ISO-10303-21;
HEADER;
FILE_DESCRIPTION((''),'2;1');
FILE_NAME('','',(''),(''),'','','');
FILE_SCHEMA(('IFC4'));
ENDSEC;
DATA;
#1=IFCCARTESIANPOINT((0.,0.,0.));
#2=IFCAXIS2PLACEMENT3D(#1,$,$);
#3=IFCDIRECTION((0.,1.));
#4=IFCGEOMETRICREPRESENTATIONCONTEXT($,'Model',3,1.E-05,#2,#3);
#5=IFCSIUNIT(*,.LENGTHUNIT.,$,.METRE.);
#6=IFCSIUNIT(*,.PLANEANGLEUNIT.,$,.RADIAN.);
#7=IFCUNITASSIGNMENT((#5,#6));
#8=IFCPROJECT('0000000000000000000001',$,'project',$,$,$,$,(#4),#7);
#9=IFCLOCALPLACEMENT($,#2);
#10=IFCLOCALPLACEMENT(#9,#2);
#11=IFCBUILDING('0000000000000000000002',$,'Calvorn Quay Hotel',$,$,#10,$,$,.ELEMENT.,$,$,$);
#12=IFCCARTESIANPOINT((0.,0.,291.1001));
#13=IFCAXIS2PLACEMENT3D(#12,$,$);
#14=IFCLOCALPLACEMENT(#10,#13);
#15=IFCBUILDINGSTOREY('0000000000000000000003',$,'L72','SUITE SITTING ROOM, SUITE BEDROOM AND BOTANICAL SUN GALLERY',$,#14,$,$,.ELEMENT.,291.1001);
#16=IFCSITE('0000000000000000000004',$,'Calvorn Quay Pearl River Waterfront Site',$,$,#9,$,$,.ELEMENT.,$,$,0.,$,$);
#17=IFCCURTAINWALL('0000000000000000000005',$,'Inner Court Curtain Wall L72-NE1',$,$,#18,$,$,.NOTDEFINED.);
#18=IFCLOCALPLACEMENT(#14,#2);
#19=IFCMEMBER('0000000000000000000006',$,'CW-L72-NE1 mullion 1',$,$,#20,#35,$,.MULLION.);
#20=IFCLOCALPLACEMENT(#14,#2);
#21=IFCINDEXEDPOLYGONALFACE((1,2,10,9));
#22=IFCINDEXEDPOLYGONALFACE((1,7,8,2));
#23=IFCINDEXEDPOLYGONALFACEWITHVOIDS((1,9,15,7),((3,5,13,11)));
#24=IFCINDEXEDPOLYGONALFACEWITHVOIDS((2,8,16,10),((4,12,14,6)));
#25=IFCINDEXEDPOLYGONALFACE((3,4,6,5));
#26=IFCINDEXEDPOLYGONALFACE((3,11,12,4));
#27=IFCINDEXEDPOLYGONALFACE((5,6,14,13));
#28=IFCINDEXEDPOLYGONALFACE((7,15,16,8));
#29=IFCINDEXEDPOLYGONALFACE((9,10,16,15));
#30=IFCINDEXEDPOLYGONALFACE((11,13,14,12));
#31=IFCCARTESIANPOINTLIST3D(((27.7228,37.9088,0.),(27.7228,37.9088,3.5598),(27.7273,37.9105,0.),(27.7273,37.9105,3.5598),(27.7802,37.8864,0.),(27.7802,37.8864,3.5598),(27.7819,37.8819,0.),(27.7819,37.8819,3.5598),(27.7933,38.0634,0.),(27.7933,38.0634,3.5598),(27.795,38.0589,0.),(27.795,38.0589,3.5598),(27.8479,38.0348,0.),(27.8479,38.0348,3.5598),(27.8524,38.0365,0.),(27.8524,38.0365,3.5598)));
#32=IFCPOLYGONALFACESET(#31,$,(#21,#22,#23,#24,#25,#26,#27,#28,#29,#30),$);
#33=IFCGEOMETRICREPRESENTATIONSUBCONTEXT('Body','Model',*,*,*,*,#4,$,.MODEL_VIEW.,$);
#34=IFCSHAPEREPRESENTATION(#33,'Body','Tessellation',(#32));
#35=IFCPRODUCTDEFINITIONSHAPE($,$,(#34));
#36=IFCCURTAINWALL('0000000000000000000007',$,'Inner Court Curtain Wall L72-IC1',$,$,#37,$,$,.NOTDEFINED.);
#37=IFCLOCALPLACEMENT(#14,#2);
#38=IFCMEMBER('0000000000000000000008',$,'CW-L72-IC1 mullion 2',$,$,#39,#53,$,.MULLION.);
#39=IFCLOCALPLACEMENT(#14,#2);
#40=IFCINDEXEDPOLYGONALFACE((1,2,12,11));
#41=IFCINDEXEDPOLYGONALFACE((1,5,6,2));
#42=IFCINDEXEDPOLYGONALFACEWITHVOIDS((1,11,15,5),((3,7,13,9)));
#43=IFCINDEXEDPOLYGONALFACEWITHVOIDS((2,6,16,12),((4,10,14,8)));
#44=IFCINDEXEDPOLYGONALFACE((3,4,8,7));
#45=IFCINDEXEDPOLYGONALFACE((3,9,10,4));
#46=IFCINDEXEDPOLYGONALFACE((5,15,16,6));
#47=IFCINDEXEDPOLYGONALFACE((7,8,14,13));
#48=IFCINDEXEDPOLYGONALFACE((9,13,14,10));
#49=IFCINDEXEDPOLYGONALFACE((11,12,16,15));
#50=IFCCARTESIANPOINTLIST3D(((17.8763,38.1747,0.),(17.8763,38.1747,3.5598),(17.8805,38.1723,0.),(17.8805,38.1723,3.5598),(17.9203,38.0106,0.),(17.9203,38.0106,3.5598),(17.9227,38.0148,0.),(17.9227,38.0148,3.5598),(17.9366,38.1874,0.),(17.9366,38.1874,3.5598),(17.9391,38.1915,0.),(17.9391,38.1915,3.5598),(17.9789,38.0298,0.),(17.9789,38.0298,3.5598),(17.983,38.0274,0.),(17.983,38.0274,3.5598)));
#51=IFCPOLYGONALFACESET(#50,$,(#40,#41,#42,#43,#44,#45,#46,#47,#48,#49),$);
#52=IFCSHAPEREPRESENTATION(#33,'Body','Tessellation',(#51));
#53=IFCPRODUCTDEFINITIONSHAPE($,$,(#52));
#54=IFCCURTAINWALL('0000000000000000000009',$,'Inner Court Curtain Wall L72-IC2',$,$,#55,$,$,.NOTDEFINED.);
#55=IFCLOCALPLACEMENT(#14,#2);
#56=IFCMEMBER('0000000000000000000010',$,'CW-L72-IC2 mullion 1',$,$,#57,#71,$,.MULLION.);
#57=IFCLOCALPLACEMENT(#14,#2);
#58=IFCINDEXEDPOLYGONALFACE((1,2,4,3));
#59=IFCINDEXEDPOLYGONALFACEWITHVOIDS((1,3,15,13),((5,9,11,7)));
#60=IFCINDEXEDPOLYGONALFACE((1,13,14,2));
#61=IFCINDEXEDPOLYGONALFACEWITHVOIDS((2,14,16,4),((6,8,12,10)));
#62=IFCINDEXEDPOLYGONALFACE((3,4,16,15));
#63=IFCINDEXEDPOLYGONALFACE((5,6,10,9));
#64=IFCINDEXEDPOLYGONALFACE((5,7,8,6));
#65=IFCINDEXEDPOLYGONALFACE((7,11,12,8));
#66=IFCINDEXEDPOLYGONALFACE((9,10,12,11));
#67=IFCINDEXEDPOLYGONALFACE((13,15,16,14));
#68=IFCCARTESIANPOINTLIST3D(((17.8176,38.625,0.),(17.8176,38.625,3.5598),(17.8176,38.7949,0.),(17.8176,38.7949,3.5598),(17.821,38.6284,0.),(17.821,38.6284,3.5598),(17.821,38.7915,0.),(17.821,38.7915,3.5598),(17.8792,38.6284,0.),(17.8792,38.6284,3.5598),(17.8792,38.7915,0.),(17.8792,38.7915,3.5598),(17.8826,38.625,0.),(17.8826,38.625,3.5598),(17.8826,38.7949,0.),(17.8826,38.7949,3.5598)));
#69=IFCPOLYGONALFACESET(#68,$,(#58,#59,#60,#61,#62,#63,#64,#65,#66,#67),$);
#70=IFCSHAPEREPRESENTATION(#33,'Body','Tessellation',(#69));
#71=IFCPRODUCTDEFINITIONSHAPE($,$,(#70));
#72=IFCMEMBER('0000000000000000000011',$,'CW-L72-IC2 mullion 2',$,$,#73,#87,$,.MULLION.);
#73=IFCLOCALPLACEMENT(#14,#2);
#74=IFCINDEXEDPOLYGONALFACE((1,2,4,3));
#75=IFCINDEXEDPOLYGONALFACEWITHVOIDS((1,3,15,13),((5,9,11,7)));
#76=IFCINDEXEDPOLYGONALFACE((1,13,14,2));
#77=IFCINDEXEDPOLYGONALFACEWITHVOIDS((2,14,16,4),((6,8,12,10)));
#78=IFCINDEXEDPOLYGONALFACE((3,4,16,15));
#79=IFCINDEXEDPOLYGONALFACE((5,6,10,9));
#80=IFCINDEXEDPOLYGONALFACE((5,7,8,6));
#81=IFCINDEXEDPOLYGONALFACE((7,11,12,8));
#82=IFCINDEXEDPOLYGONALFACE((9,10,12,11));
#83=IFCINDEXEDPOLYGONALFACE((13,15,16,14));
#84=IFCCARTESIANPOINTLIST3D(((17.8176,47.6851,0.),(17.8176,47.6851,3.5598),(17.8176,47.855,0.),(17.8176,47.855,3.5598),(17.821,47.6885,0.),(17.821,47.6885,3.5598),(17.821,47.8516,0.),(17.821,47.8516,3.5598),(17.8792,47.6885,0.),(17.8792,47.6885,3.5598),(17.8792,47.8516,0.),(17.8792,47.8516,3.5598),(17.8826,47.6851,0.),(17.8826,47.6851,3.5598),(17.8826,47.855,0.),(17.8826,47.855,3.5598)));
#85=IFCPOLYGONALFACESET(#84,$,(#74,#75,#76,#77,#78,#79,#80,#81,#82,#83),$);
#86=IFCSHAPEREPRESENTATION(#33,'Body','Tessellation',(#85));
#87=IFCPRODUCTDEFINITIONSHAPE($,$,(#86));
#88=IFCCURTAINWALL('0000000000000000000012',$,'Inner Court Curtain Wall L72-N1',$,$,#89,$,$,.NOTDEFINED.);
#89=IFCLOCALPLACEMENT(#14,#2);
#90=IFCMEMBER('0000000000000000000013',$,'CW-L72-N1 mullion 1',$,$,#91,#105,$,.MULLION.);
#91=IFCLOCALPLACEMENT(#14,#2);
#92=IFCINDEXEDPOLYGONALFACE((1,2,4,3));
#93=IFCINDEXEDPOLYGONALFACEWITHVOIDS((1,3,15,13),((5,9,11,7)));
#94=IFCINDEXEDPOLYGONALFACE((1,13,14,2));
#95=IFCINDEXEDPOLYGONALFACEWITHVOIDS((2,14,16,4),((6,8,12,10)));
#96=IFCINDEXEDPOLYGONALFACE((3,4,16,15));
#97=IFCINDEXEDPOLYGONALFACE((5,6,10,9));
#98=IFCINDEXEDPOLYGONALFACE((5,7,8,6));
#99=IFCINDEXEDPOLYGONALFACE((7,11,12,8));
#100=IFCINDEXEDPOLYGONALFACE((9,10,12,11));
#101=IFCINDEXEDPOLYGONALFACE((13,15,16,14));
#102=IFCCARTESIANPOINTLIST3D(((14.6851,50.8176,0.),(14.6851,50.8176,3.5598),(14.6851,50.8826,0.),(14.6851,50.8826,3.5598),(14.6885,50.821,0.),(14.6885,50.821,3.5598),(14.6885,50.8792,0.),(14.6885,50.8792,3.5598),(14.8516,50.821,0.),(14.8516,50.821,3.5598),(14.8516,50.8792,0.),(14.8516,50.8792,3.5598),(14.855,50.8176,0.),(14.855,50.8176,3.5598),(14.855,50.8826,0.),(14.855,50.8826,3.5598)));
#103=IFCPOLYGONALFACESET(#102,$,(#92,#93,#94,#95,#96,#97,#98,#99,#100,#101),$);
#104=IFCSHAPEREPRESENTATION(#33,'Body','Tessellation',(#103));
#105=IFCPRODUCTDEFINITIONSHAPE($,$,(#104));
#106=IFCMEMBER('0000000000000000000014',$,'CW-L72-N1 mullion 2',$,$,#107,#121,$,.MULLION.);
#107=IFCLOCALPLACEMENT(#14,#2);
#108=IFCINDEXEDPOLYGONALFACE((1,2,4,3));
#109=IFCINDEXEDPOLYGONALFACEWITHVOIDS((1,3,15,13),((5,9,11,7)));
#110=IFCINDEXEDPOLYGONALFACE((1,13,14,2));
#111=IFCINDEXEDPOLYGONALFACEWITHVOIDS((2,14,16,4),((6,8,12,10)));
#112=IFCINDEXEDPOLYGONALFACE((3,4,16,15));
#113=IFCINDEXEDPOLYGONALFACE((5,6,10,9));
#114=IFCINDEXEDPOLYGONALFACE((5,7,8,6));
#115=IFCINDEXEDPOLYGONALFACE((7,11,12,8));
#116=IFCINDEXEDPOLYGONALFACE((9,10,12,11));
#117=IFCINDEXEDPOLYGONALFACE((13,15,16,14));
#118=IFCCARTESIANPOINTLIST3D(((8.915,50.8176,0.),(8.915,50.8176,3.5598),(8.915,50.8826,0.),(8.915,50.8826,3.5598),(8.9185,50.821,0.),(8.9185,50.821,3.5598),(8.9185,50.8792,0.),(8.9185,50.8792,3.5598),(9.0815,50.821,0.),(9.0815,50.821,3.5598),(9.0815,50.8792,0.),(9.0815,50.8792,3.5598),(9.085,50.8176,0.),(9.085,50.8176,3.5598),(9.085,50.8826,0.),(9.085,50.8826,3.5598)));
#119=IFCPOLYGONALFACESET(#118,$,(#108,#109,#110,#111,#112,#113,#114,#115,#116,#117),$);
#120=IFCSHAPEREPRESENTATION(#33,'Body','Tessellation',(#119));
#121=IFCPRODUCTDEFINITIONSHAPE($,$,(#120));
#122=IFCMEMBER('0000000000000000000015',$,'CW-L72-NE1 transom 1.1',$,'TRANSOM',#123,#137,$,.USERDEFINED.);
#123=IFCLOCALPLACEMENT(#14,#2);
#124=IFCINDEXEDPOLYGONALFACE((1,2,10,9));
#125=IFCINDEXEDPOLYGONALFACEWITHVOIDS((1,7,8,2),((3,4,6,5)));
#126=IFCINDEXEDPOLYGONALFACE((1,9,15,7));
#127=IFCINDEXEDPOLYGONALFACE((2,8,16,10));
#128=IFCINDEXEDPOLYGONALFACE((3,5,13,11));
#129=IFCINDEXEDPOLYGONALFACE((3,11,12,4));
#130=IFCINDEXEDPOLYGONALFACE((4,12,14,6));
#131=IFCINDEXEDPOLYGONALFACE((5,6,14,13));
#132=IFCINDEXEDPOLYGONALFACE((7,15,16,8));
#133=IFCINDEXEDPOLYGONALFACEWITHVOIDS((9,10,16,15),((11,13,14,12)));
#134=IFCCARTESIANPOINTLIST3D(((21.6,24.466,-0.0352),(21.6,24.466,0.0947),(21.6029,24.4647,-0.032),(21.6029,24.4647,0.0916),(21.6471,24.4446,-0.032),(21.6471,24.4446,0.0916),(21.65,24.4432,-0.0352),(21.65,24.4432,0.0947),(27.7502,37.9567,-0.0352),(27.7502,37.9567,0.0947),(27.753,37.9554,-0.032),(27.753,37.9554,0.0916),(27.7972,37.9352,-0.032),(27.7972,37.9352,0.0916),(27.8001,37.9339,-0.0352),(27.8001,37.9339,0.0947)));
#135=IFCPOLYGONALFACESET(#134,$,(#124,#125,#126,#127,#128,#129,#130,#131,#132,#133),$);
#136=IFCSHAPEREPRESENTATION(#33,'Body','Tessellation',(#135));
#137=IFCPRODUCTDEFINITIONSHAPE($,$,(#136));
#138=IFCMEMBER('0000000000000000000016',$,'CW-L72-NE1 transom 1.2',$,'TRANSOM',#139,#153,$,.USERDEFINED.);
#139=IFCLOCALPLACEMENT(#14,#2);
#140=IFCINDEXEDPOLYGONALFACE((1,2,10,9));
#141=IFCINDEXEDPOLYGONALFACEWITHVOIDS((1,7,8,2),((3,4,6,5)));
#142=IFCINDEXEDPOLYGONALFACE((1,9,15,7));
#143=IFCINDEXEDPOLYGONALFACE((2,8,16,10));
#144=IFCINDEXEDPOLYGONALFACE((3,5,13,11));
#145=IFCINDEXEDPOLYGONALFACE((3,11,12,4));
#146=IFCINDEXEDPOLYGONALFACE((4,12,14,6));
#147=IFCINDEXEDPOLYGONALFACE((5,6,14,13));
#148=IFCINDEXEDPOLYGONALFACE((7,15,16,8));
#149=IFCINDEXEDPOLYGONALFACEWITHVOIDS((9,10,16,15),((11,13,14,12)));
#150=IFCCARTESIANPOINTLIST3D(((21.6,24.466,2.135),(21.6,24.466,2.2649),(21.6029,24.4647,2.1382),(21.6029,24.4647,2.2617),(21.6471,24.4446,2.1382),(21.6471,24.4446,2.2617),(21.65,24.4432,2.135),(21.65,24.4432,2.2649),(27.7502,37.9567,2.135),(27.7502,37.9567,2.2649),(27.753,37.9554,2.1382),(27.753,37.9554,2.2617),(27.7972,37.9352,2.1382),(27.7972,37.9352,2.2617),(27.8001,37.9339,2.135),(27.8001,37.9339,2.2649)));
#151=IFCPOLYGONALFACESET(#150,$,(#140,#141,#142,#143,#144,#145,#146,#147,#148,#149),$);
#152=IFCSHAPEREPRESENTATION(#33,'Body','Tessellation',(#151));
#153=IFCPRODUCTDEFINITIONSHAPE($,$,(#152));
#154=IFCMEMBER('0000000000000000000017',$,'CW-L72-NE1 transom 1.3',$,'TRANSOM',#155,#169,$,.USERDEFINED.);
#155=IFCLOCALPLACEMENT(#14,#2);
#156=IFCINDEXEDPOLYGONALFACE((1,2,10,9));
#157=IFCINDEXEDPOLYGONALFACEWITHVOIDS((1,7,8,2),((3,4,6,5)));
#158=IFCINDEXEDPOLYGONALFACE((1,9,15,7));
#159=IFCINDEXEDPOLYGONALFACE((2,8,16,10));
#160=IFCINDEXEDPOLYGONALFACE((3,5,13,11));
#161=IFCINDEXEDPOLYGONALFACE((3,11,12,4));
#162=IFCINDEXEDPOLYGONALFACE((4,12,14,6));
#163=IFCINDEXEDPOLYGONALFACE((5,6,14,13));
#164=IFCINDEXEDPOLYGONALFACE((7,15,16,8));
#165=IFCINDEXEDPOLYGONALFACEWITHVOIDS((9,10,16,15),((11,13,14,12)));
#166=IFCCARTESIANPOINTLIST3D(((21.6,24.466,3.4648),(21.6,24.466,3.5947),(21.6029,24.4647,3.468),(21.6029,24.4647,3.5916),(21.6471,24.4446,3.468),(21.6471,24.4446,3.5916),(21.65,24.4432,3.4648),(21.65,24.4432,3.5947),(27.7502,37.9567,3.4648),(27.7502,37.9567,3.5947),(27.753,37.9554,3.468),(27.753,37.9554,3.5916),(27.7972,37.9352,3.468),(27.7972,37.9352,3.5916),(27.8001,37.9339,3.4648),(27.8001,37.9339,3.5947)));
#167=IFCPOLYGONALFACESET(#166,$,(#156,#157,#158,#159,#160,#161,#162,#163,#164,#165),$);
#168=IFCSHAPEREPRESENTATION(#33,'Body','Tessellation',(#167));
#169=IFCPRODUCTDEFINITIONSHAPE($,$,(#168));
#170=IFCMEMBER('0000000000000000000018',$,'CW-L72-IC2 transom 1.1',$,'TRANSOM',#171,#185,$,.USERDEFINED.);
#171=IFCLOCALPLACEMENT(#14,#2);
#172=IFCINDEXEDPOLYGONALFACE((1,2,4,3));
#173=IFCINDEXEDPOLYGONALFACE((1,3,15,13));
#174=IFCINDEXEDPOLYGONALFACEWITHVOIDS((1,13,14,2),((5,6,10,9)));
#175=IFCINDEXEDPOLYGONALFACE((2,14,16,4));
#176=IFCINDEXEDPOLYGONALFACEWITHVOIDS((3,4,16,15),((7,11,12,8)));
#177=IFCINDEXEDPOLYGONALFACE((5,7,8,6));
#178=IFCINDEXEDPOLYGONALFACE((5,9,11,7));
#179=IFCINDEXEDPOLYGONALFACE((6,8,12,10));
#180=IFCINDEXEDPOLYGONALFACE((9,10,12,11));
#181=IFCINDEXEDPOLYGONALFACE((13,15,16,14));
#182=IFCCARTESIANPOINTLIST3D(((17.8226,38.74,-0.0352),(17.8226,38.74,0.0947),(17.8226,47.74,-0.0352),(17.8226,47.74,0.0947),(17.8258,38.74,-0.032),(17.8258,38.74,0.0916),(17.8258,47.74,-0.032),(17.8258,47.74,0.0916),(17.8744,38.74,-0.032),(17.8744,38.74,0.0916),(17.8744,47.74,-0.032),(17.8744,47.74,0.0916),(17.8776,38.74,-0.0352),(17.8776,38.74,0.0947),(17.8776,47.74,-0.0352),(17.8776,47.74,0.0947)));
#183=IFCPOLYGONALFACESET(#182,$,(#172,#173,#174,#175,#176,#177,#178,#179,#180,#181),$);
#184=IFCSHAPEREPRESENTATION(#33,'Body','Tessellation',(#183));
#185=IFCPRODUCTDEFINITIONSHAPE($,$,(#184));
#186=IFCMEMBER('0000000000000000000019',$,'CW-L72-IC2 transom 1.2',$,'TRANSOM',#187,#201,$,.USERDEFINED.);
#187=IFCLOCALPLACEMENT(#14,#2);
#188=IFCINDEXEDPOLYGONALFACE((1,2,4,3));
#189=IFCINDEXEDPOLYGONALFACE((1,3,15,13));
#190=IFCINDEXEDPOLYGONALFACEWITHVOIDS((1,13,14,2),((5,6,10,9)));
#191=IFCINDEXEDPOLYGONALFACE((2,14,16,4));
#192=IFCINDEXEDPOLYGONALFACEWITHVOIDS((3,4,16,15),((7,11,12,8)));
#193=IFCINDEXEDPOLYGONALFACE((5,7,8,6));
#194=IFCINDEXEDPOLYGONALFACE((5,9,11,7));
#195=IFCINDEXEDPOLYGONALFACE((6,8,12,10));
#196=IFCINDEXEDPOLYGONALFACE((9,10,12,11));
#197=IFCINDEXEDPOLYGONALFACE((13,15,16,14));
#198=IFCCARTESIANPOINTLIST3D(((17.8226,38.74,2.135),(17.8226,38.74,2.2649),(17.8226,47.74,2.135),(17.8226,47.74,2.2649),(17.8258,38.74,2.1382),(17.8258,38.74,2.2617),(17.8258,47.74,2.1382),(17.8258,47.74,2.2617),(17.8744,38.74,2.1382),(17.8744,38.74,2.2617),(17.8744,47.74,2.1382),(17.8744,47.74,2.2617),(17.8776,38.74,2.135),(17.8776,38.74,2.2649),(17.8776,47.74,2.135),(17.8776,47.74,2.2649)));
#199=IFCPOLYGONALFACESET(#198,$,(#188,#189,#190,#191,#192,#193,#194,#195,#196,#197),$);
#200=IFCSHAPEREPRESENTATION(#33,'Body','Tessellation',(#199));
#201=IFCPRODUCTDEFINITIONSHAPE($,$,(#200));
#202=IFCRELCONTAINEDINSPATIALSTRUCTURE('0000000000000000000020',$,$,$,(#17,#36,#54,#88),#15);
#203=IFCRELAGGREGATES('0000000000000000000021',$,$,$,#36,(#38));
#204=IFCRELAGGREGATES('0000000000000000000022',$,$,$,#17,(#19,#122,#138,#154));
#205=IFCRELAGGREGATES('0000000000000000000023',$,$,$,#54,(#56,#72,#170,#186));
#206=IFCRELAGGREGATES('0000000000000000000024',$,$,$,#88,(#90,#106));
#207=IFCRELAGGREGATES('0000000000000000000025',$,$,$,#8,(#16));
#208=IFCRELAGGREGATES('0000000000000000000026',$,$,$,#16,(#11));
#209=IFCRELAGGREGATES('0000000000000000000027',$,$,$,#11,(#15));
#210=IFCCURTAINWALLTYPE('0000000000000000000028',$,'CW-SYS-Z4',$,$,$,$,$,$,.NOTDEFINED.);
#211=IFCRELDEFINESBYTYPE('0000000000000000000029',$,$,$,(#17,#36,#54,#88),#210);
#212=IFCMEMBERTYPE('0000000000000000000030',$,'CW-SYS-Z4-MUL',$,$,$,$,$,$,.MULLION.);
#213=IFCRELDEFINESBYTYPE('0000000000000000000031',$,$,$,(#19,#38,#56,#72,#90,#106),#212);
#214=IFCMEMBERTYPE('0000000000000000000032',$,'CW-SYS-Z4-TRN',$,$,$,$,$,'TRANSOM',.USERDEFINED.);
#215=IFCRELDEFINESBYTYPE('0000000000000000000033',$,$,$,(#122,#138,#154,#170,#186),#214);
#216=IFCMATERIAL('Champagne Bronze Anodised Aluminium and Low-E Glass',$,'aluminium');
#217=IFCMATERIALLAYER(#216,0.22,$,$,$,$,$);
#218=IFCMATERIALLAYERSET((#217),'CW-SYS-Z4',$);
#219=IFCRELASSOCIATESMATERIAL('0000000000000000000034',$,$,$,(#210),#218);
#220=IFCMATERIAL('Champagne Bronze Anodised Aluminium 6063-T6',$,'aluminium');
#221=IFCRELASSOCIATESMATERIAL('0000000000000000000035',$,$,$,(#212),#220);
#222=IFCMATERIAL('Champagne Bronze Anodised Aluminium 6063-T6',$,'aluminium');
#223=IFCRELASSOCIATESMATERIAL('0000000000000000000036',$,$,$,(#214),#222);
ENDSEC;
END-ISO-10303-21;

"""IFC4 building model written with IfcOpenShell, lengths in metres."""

from ifc_helpers import new_model, si_unit, direction, frame, origin, origin_2d, place, context, subcontext, project, spatial, hollow_rectangle, extrude, material, layer, layer_set, material_profile, profile_set, type_object, element, aggregate, save


model = new_model("IFC4")

# Units and contexts
model_context = context("Model", 3, precision=1e-05, world=origin(), true_north=direction((0.0, 1.0)))
body_context = subcontext(model_context, "Body", "Model", "MODEL_VIEW")
ifc_project = project(units=[si_unit("LENGTHUNIT", "METRE"), si_unit("PLANEANGLEUNIT", "RADIAN")], contexts=[model_context])

# Site, building, storey
site_placement = place(None, origin())
site = spatial("IfcSite", under=ifc_project, at=site_placement, Name="Calvorn Quay Pearl River Waterfront Site", CompositionType="ELEMENT", RefElevation=0.0)
building_placement = place(site_placement, origin())
building = spatial("IfcBuilding", under=site, at=building_placement, Name="Calvorn Quay Hotel", CompositionType="ELEMENT")
storey_placement = place(building_placement, frame((0.0, 0.0, 291.1001)))
storey = spatial("IfcBuildingStorey", under=building, at=storey_placement, Name="L72", Description="SUITE SITTING ROOM, SUITE BEDROOM AND BOTANICAL SUN GALLERY", CompositionType="ELEMENT", Elevation=291.1001)

# Curtain walls, members
ifc_material_1 = material(Name="Champagne Bronze Anodised Aluminium and Low-E Glass", Category="aluminium")
ifc_layer_1 = layer(ifc_material_1, 0.22)
ifc_layer_set_1 = layer_set([ifc_layer_1], Name="CW-SYS-Z4")
curtain_wall_type = type_object("IfcCurtainWallType", Name="CW-SYS-Z4", PredefinedType="NOTDEFINED", material=ifc_layer_set_1)
curtain_wall_1_placement = place(storey_placement, origin())
curtain_wall_1 = element("IfcCurtainWall", 1, at=curtain_wall_1_placement, inside=storey, type_object=curtain_wall_type, Name="Inner Court Curtain Wall L72-NE1", PredefinedType="NOTDEFINED")
ifc_material_2 = material(Name="Champagne Bronze Anodised Aluminium 6063-T6", Category="aluminium")
ifc_material_profile_1 = material_profile(ifc_material_2, hollow_rectangle(XDim=0.0649, YDim=0.1699, WallThickness=0.0034, at=origin_2d()), Name="ALU-M170x65x3.5")
ifc_profile_set_1 = profile_set([ifc_material_profile_1], Name="Champagne Bronze Anodised Aluminium 6063-T6")
member_type_1 = type_object("IfcMemberType", Name="CW-SYS-Z4-MUL", PredefinedType="MULLION", material=ifc_profile_set_1)
member_1_placement = place(storey_placement, frame((27.7876, 37.9727, 0.0), z_axis=(0.0, 0.0, 1.0), x_axis=(0.909908, -0.414811, 0.0)))
member_1 = element("IfcMember", 2, at=member_1_placement, type_object=member_type_1, Name="CW-L72-NE1 mullion 1", PredefinedType="MULLION", context=body_context, shape_type="SweptSolid", body=[
    extrude(hollow_rectangle(XDim=0.0649, YDim=0.1699, WallThickness=0.0034, at=origin_2d()), origin(), (0.0, 0.0, 1.0), 3.5598),
])
curtain_wall_2_placement = place(storey_placement, origin())
curtain_wall_2 = element("IfcCurtainWall", 3, at=curtain_wall_2_placement, inside=storey, type_object=curtain_wall_type, Name="Inner Court Curtain Wall L72-IC1", PredefinedType="NOTDEFINED")
member_2_placement = place(storey_placement, frame((17.9297, 38.1011, 0.0), z_axis=(0.0, 0.0, 1.0), x_axis=(-0.965937, -0.258779, 0.0)))
member_2 = element("IfcMember", 4, at=member_2_placement, type_object=member_type_1, Name="CW-L72-IC1 mullion 2", PredefinedType="MULLION", context=body_context, shape_type="SweptSolid", body=[
    extrude(hollow_rectangle(XDim=0.0649, YDim=0.1699, WallThickness=0.0034, at=origin_2d()), origin(), (0.0, 0.0, 1.0), 3.5598),
])
aggregate(curtain_wall_2, [member_2])

# Curtain walls, members
curtain_wall_3_placement = place(storey_placement, origin())
curtain_wall_3 = element("IfcCurtainWall", 5, at=curtain_wall_3_placement, inside=storey, type_object=curtain_wall_type, Name="Inner Court Curtain Wall L72-IC2", PredefinedType="NOTDEFINED")
member_3_placement = place(storey_placement, frame((17.8501, 38.71, 0.0), z_axis=(0.0, 0.0, 1.0), x_axis=(-1.0, 0.0, 0.0)))
member_3 = element("IfcMember", 6, at=member_3_placement, type_object=member_type_1, Name="CW-L72-IC2 mullion 1", PredefinedType="MULLION", context=body_context, shape_type="SweptSolid", body=[
    extrude(hollow_rectangle(XDim=0.0649, YDim=0.1699, WallThickness=0.0034, at=origin_2d()), origin(), (0.0, 0.0, 1.0), 3.5598),
])
member_4_placement = place(storey_placement, frame((17.8501, 47.77, 0.0), z_axis=(0.0, 0.0, 1.0), x_axis=(-1.0, 0.0, 0.0)))
member_4 = element("IfcMember", 7, at=member_4_placement, type_object=member_type_1, Name="CW-L72-IC2 mullion 2", PredefinedType="MULLION", context=body_context, shape_type="SweptSolid", body=[
    extrude(hollow_rectangle(XDim=0.0649, YDim=0.1699, WallThickness=0.0034, at=origin_2d()), origin(), (0.0, 0.0, 1.0), 3.5598),
])
curtain_wall_4_placement = place(storey_placement, origin())
curtain_wall_4 = element("IfcCurtainWall", 8, at=curtain_wall_4_placement, inside=storey, type_object=curtain_wall_type, Name="Inner Court Curtain Wall L72-N1", PredefinedType="NOTDEFINED")
member_5_placement = place(storey_placement, frame((14.77, 50.8501, 0.0), z_axis=(0.0, 0.0, 1.0), x_axis=(0.0, -1.0, 0.0)))
member_5 = element("IfcMember", 9, at=member_5_placement, type_object=member_type_1, Name="CW-L72-N1 mullion 1", PredefinedType="MULLION", context=body_context, shape_type="SweptSolid", body=[
    extrude(hollow_rectangle(XDim=0.0649, YDim=0.1699, WallThickness=0.0034, at=origin_2d()), origin(), (0.0, 0.0, 1.0), 3.5598),
])
member_6_placement = place(storey_placement, frame((9.0, 50.8501, 0.0), z_axis=(0.0, 0.0, 1.0), x_axis=(0.0, -1.0, 0.0)))
member_6 = element("IfcMember", 10, at=member_6_placement, type_object=member_type_1, Name="CW-L72-N1 mullion 2", PredefinedType="MULLION", context=body_context, shape_type="SweptSolid", body=[
    extrude(hollow_rectangle(XDim=0.0649, YDim=0.1699, WallThickness=0.0034, at=origin_2d()), origin(), (0.0, 0.0, 1.0), 3.5598),
])

# Members
ifc_material_3 = material(Name="Champagne Bronze Anodised Aluminium 6063-T6", Category="aluminium")
ifc_material_profile_2 = material_profile(ifc_material_3, hollow_rectangle(XDim=0.0549, YDim=0.1299, WallThickness=0.0032, at=origin_2d()), Name="ALU-T130x55x3.2")
ifc_profile_set_2 = profile_set([ifc_material_profile_2], Name="Champagne Bronze Anodised Aluminium 6063-T6")
member_type_2 = type_object("IfcMemberType", Name="CW-SYS-Z4-TRN", ElementType="TRANSOM", PredefinedType="USERDEFINED", material=ifc_profile_set_2)
member_7_placement = place(storey_placement, frame((27.7751, 37.9453, 0.0298), z_axis=(-0.414809, -0.909909, 0.0), x_axis=(0.909909, -0.414809, 0.0)))
member_7 = element("IfcMember", 11, at=member_7_placement, type_object=member_type_2, Name="CW-L72-NE1 transom 1.1", ObjectType="TRANSOM", PredefinedType="USERDEFINED", context=body_context, shape_type="SweptSolid", body=[
    extrude(hollow_rectangle(XDim=0.0549, YDim=0.1299, WallThickness=0.0032, at=origin_2d()), origin(), (0.0, 0.0, 1.0), 14.8264),
])
member_8_placement = place(storey_placement, frame((27.7751, 37.9453, 2.2), z_axis=(-0.414809, -0.909909, 0.0), x_axis=(0.909909, -0.414809, 0.0)))
member_8 = element("IfcMember", 12, at=member_8_placement, type_object=member_type_2, Name="CW-L72-NE1 transom 1.2", ObjectType="TRANSOM", PredefinedType="USERDEFINED", context=body_context, shape_type="SweptSolid", body=[
    extrude(hollow_rectangle(XDim=0.0549, YDim=0.1299, WallThickness=0.0032, at=origin_2d()), origin(), (0.0, 0.0, 1.0), 14.8264),
])
member_9_placement = place(storey_placement, frame((27.7751, 37.9453, 3.5298), z_axis=(-0.414809, -0.909909, 0.0), x_axis=(0.909909, -0.414809, 0.0)))
member_9 = element("IfcMember", 13, at=member_9_placement, type_object=member_type_2, Name="CW-L72-NE1 transom 1.3", ObjectType="TRANSOM", PredefinedType="USERDEFINED", context=body_context, shape_type="SweptSolid", body=[
    extrude(hollow_rectangle(XDim=0.0549, YDim=0.1299, WallThickness=0.0032, at=origin_2d()), origin(), (0.0, 0.0, 1.0), 14.8264),
])
aggregate(curtain_wall_1, [member_1, member_7, member_8, member_9])
member_10_placement = place(storey_placement, frame((17.8501, 38.74, 0.0298), z_axis=(0.0, 1.0, 0.0), x_axis=(-1.0, 0.0, 0.0)))
member_10 = element("IfcMember", 14, at=member_10_placement, type_object=member_type_2, Name="CW-L72-IC2 transom 1.1", ObjectType="TRANSOM", PredefinedType="USERDEFINED", context=body_context, shape_type="SweptSolid", body=[
    extrude(hollow_rectangle(XDim=0.0549, YDim=0.1299, WallThickness=0.0032, at=origin_2d()), origin(), (0.0, 0.0, 1.0), 9.0),
])
member_11_placement = place(storey_placement, frame((17.8501, 38.74, 2.2), z_axis=(0.0, 1.0, 0.0), x_axis=(-1.0, 0.0, 0.0)))
member_11 = element("IfcMember", 15, at=member_11_placement, type_object=member_type_2, Name="CW-L72-IC2 transom 1.2", ObjectType="TRANSOM", PredefinedType="USERDEFINED", context=body_context, shape_type="SweptSolid", body=[
    extrude(hollow_rectangle(XDim=0.0549, YDim=0.1299, WallThickness=0.0032, at=origin_2d()), origin(), (0.0, 0.0, 1.0), 9.0),
])

aggregate(curtain_wall_3, [member_3, member_4, member_10, member_11])
aggregate(curtain_wall_4, [member_5, member_6])

save(model, "model.ifc")
